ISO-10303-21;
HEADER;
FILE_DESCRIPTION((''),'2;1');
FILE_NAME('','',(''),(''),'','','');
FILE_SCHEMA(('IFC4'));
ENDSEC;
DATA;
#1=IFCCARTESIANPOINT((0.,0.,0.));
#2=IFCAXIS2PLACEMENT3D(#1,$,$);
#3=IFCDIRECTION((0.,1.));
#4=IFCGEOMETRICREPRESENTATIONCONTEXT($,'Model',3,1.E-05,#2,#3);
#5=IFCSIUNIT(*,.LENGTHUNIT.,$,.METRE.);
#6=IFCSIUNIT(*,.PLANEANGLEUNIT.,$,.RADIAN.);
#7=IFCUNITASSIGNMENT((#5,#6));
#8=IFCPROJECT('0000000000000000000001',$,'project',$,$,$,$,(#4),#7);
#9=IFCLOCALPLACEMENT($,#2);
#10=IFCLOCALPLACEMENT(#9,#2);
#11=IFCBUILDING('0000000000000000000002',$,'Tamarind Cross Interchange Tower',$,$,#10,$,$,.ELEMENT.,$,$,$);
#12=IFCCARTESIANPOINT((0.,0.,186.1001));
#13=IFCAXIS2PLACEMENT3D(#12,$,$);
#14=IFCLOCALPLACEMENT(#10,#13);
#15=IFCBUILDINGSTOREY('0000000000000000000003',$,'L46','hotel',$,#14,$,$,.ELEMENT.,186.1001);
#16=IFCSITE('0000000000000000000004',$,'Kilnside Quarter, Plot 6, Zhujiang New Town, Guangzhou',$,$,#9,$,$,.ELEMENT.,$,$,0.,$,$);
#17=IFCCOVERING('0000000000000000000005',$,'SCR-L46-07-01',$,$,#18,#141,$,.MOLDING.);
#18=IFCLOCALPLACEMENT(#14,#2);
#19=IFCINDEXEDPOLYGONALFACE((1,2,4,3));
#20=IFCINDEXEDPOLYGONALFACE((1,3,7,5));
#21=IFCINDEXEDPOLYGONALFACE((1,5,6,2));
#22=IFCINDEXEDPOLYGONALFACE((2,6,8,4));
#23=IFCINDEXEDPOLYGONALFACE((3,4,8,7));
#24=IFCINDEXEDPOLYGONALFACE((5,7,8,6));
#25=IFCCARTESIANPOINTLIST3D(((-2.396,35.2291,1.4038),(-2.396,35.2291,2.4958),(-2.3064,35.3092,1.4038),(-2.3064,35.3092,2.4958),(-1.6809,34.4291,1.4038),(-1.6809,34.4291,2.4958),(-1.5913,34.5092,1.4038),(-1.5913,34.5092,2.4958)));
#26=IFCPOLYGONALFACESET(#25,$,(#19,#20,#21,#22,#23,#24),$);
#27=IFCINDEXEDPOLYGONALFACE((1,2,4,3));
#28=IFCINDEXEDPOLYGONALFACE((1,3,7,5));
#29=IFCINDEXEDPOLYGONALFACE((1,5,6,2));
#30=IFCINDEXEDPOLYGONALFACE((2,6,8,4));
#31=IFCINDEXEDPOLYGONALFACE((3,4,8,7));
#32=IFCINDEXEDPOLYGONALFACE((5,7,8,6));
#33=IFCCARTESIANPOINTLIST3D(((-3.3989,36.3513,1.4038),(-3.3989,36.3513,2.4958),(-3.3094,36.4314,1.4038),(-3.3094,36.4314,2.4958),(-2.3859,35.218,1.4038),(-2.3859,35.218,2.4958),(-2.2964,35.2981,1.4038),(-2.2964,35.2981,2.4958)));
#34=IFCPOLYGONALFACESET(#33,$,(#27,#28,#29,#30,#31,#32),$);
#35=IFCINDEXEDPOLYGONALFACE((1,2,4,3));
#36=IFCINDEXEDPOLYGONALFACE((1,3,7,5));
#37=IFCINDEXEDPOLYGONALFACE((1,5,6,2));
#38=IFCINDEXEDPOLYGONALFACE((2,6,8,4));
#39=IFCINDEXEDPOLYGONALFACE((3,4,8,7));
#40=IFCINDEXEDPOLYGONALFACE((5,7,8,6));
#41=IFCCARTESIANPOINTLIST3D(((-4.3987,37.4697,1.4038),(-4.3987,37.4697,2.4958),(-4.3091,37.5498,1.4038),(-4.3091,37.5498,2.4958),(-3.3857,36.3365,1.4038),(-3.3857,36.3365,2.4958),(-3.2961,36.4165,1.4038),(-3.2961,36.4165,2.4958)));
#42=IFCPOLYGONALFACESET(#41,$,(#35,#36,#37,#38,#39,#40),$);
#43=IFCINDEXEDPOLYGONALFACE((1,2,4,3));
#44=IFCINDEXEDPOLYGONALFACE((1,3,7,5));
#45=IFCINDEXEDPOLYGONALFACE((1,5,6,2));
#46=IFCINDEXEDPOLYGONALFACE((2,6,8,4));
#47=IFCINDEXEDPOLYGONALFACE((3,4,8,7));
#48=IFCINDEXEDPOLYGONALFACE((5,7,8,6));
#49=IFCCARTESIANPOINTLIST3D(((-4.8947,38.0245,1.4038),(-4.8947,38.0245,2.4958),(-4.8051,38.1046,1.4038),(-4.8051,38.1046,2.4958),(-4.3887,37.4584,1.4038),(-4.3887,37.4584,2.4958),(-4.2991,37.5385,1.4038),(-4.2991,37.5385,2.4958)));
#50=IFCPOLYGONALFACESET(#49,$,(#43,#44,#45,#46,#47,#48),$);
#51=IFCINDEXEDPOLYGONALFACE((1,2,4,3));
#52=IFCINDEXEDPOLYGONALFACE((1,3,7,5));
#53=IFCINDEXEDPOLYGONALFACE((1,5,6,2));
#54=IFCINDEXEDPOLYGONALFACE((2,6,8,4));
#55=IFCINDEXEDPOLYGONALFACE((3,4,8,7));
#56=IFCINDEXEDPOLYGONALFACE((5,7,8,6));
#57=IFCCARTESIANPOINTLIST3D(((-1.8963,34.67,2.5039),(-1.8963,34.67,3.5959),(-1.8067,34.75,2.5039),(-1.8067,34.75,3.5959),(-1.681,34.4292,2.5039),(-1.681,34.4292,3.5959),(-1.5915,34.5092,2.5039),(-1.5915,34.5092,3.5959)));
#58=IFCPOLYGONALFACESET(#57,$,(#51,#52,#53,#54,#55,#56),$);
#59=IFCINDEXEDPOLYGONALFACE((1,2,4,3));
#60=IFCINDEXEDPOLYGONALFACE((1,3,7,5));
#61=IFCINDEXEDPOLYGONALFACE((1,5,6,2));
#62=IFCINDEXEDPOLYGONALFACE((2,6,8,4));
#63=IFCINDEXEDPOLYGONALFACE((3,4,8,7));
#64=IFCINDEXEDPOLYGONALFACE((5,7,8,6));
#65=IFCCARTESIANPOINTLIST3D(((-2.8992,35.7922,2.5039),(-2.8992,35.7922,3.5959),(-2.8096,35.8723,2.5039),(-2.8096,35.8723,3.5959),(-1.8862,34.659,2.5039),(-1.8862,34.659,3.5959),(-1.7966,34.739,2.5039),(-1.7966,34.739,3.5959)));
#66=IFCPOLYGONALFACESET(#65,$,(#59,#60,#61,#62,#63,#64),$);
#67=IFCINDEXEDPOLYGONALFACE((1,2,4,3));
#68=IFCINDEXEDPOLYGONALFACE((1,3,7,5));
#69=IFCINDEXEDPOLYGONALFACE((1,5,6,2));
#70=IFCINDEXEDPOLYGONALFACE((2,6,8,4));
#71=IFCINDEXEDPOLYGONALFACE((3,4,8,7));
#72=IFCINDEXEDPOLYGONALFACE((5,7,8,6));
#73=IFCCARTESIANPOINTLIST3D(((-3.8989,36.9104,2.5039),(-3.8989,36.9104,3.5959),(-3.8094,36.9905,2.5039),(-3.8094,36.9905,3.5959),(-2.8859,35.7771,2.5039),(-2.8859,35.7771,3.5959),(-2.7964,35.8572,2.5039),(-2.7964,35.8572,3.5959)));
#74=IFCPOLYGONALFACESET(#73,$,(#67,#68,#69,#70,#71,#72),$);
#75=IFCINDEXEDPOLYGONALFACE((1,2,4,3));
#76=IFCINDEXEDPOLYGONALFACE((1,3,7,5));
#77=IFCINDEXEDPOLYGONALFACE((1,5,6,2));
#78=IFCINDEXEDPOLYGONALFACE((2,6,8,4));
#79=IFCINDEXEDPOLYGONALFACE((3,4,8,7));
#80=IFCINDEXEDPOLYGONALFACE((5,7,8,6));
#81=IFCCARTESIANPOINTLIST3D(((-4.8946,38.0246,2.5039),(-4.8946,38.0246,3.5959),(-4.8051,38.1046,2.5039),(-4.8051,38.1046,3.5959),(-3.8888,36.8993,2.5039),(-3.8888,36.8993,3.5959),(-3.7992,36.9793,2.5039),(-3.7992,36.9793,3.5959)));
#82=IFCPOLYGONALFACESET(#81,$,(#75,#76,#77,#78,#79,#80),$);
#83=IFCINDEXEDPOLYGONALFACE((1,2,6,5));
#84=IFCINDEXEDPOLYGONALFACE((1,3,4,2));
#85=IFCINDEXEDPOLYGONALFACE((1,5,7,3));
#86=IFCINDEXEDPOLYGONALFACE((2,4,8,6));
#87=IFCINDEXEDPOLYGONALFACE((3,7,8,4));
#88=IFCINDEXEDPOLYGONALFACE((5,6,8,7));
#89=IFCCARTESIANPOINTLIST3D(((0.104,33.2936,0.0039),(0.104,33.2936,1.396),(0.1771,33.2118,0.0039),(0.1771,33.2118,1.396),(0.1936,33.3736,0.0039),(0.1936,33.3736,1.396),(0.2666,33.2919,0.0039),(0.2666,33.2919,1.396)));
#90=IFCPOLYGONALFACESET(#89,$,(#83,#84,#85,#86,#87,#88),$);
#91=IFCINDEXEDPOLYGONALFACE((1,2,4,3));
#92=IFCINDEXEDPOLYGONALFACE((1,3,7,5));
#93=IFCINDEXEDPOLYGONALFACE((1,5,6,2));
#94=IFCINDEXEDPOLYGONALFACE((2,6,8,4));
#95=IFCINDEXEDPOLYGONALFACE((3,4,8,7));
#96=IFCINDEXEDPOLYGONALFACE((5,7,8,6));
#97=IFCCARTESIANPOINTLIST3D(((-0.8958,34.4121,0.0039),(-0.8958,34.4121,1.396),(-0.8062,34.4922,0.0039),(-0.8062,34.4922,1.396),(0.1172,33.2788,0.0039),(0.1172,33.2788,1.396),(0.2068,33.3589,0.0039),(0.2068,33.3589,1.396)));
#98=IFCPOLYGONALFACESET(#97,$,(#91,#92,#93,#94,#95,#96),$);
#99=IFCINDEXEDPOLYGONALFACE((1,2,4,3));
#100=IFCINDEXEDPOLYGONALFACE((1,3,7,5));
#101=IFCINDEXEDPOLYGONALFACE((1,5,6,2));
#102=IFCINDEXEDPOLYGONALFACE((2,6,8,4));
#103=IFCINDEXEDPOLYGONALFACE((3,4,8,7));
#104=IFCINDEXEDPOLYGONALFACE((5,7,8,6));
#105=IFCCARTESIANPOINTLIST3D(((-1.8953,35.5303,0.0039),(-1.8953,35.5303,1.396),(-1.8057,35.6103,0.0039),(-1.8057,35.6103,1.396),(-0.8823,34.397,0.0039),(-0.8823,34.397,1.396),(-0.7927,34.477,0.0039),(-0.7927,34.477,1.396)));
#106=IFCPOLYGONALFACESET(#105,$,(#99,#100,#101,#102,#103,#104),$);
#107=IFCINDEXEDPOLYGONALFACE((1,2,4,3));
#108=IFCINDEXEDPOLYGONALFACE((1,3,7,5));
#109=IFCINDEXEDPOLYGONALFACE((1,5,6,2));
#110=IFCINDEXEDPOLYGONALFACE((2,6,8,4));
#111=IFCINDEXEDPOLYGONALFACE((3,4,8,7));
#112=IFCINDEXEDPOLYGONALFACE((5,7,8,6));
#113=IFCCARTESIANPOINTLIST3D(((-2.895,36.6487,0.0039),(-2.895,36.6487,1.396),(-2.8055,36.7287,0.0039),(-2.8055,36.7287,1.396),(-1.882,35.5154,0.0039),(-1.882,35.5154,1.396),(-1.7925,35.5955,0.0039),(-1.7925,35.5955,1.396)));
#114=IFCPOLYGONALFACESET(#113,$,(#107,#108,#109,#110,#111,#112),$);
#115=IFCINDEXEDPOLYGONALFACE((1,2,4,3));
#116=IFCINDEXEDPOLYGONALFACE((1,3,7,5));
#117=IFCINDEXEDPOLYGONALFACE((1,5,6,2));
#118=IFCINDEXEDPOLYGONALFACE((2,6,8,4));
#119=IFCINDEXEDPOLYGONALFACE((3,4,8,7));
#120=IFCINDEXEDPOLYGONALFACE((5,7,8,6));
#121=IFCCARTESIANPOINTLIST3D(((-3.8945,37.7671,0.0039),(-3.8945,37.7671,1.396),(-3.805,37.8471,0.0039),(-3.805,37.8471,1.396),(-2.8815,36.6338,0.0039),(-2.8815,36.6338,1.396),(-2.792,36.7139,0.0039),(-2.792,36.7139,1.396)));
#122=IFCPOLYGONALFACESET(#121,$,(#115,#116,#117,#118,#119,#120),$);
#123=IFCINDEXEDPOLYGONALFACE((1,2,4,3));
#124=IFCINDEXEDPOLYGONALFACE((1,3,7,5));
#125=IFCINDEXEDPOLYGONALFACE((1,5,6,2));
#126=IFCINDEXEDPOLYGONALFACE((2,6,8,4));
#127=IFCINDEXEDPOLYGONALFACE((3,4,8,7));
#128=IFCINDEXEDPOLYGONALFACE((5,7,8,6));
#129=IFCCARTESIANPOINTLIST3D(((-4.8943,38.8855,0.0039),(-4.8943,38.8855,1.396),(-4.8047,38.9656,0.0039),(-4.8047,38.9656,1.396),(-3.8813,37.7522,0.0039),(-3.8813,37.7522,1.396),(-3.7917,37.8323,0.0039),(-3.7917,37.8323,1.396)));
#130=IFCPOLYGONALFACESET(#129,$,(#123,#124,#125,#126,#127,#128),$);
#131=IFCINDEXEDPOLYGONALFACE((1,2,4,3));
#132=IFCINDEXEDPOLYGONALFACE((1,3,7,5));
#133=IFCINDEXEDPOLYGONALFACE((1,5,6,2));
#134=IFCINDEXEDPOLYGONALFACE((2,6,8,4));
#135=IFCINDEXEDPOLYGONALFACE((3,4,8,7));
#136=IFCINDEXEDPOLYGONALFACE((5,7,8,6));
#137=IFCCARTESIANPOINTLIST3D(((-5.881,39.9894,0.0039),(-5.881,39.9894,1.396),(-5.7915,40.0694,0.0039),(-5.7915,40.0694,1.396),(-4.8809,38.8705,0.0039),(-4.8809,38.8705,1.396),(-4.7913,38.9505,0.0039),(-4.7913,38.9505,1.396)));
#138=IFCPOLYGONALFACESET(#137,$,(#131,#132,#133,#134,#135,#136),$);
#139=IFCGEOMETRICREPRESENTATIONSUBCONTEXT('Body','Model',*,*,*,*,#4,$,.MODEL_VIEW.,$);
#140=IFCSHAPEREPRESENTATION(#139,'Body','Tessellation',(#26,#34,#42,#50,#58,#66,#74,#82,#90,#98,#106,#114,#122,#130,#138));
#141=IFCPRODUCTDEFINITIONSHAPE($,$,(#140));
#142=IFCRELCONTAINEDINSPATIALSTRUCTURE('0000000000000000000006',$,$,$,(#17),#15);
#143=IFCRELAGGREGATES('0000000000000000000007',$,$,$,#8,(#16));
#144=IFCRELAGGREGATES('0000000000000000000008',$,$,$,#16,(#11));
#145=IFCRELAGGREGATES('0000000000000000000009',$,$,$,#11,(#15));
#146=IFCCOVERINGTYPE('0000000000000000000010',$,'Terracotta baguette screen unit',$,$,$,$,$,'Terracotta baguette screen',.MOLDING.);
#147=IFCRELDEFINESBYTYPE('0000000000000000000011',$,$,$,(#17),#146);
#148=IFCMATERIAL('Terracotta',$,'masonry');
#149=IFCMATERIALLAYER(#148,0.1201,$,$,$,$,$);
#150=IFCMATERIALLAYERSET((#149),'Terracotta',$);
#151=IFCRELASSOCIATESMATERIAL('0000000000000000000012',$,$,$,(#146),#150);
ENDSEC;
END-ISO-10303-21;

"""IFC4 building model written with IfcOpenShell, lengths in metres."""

from ifc_helpers import new_model, si_unit, direction, frame, origin, origin_2d, place, context, subcontext, project, spatial, rectangle, extrude, material, layer, layer_set, type_object, element, save


model = new_model("IFC4")

# Units and contexts
model_context = context("Model", 3, precision=1e-05, world=origin(), true_north=direction((0.0, 1.0)))
body_context = subcontext(model_context, "Body", "Model", "MODEL_VIEW")
ifc_project = project(units=[si_unit("LENGTHUNIT", "METRE"), si_unit("PLANEANGLEUNIT", "RADIAN")], contexts=[model_context])

# Site, building, storey
site_placement = place(None, origin())
site = spatial("IfcSite", under=ifc_project, at=site_placement, Name="Kilnside Quarter, Plot 6, Zhujiang New Town, Guangzhou", CompositionType="ELEMENT", RefElevation=0.0)
building_placement = place(site_placement, origin())
building = spatial("IfcBuilding", under=site, at=building_placement, Name="Tamarind Cross Interchange Tower", CompositionType="ELEMENT")
storey_placement = place(building_placement, frame((0.0, 0.0, 186.1001)))
storey = spatial("IfcBuildingStorey", under=building, at=storey_placement, Name="L46", Description="hotel", CompositionType="ELEMENT", Elevation=186.1001)

# Covering
ifc_material_1 = material(Name="Terracotta", Category="masonry")
ifc_layer_1 = layer(ifc_material_1, 0.1201)
ifc_layer_set_1 = layer_set([ifc_layer_1], Name="Terracotta")
covering_type = type_object("IfcCoveringType", Name="Terracotta baguette screen unit", ElementType="Terracotta baguette screen", PredefinedType="MOLDING", material=ifc_layer_set_1)
covering_1_placement = place(storey_placement, origin())
element("IfcCovering", 1, at=covering_1_placement, inside=storey, type_object=covering_type, Name="SCR-L46-07-01", PredefinedType="MOLDING", context=body_context, shape_type="SweptSolid", body=[
    extrude(rectangle(XDim=1.073, YDim=0.1201, at=origin_2d()), frame((-1.9937, 34.8691, 1.4038), z_axis=(0.0, 0.0, 1.0), x_axis=(-0.666428, 0.745569, 0.0)), (0.0, 0.0, 1.0), 1.092),
    extrude(rectangle(XDim=1.52, YDim=0.1201, at=origin_2d()), frame((-2.8477, 35.8247, 1.4038), z_axis=(0.0, 0.0, 1.0), x_axis=(-0.666428, 0.745569, 0.0)), (0.0, 0.0, 1.0), 1.092),
    extrude(rectangle(XDim=1.52, YDim=0.1201, at=origin_2d()), frame((-3.8474, 36.9431, 1.4038), z_axis=(0.0, 0.0, 1.0), x_axis=(-0.666428, 0.745569, 0.0)), (0.0, 0.0, 1.0), 1.092),
    extrude(rectangle(XDim=0.7593, YDim=0.1201, at=origin_2d()), frame((-4.5969, 37.7815, 1.4038), z_axis=(0.0, 0.0, 1.0), x_axis=(-0.666428, 0.745569, 0.0)), (0.0, 0.0, 1.0), 1.092),
    extrude(rectangle(XDim=0.323, YDim=0.1201, at=origin_2d()), frame((-1.7439, 34.5896, 2.5039), z_axis=(0.0, 0.0, 1.0), x_axis=(-0.666428, 0.745569, 0.0)), (0.0, 0.0, 1.0), 1.092),
    extrude(rectangle(XDim=1.52, YDim=0.1201, at=origin_2d()), frame((-2.3479, 35.2656, 2.5039), z_axis=(0.0, 0.0, 1.0), x_axis=(-0.666428, 0.745569, 0.0)), (0.0, 0.0, 1.0), 1.092),
    extrude(rectangle(XDim=1.52, YDim=0.1201, at=origin_2d()), frame((-3.3477, 36.3838, 2.5039), z_axis=(0.0, 0.0, 1.0), x_axis=(-0.666428, 0.745569, 0.0)), (0.0, 0.0, 1.0), 1.092),
    extrude(rectangle(XDim=1.5093, YDim=0.1201, at=origin_2d()), frame((-4.3469, 37.502, 2.5039), z_axis=(0.0, 0.0, 1.0), x_axis=(-0.666428, 0.745569, 0.0)), (0.0, 0.0, 1.0), 1.092),
    extrude(rectangle(XDim=0.1096, YDim=0.1201, at=origin_2d()), frame((0.1853, 33.2927, 0.0039), z_axis=(0.0, 0.0, 1.0), x_axis=(-0.666428, 0.745569, 0.0)), (0.0, 0.0, 1.0), 1.3921),
    extrude(rectangle(XDim=1.52, YDim=0.1201, at=origin_2d()), frame((-0.3445, 33.8855, 0.0039), z_axis=(0.0, 0.0, 1.0), x_axis=(-0.666428, 0.745569, 0.0)), (0.0, 0.0, 1.0), 1.3921),
    extrude(rectangle(XDim=1.52, YDim=0.1201, at=origin_2d()), frame((-1.344, 35.0037, 0.0039), z_axis=(0.0, 0.0, 1.0), x_axis=(-0.666428, 0.745569, 0.0)), (0.0, 0.0, 1.0), 1.3921),
    extrude(rectangle(XDim=1.52, YDim=0.1201, at=origin_2d()), frame((-2.3438, 36.1221, 0.0039), z_axis=(0.0, 0.0, 1.0), x_axis=(-0.666428, 0.745569, 0.0)), (0.0, 0.0, 1.0), 1.3921),
    extrude(rectangle(XDim=1.52, YDim=0.1201, at=origin_2d()), frame((-3.3433, 37.2405, 0.0039), z_axis=(0.0, 0.0, 1.0), x_axis=(-0.666428, 0.745569, 0.0)), (0.0, 0.0, 1.0), 1.3921),
    extrude(rectangle(XDim=1.52, YDim=0.1201, at=origin_2d()), frame((-4.343, 38.3589, 0.0039), z_axis=(0.0, 0.0, 1.0), x_axis=(-0.666428, 0.745569, 0.0)), (0.0, 0.0, 1.0), 1.3921),
    extrude(rectangle(XDim=1.5007, YDim=0.1201, at=origin_2d()), frame((-5.3362, 39.47, 0.0039), z_axis=(0.0, 0.0, 1.0), x_axis=(-0.666428, 0.745569, 0.0)), (0.0, 0.0, 1.0), 1.3921),
])

save(model, "model.ifc")
